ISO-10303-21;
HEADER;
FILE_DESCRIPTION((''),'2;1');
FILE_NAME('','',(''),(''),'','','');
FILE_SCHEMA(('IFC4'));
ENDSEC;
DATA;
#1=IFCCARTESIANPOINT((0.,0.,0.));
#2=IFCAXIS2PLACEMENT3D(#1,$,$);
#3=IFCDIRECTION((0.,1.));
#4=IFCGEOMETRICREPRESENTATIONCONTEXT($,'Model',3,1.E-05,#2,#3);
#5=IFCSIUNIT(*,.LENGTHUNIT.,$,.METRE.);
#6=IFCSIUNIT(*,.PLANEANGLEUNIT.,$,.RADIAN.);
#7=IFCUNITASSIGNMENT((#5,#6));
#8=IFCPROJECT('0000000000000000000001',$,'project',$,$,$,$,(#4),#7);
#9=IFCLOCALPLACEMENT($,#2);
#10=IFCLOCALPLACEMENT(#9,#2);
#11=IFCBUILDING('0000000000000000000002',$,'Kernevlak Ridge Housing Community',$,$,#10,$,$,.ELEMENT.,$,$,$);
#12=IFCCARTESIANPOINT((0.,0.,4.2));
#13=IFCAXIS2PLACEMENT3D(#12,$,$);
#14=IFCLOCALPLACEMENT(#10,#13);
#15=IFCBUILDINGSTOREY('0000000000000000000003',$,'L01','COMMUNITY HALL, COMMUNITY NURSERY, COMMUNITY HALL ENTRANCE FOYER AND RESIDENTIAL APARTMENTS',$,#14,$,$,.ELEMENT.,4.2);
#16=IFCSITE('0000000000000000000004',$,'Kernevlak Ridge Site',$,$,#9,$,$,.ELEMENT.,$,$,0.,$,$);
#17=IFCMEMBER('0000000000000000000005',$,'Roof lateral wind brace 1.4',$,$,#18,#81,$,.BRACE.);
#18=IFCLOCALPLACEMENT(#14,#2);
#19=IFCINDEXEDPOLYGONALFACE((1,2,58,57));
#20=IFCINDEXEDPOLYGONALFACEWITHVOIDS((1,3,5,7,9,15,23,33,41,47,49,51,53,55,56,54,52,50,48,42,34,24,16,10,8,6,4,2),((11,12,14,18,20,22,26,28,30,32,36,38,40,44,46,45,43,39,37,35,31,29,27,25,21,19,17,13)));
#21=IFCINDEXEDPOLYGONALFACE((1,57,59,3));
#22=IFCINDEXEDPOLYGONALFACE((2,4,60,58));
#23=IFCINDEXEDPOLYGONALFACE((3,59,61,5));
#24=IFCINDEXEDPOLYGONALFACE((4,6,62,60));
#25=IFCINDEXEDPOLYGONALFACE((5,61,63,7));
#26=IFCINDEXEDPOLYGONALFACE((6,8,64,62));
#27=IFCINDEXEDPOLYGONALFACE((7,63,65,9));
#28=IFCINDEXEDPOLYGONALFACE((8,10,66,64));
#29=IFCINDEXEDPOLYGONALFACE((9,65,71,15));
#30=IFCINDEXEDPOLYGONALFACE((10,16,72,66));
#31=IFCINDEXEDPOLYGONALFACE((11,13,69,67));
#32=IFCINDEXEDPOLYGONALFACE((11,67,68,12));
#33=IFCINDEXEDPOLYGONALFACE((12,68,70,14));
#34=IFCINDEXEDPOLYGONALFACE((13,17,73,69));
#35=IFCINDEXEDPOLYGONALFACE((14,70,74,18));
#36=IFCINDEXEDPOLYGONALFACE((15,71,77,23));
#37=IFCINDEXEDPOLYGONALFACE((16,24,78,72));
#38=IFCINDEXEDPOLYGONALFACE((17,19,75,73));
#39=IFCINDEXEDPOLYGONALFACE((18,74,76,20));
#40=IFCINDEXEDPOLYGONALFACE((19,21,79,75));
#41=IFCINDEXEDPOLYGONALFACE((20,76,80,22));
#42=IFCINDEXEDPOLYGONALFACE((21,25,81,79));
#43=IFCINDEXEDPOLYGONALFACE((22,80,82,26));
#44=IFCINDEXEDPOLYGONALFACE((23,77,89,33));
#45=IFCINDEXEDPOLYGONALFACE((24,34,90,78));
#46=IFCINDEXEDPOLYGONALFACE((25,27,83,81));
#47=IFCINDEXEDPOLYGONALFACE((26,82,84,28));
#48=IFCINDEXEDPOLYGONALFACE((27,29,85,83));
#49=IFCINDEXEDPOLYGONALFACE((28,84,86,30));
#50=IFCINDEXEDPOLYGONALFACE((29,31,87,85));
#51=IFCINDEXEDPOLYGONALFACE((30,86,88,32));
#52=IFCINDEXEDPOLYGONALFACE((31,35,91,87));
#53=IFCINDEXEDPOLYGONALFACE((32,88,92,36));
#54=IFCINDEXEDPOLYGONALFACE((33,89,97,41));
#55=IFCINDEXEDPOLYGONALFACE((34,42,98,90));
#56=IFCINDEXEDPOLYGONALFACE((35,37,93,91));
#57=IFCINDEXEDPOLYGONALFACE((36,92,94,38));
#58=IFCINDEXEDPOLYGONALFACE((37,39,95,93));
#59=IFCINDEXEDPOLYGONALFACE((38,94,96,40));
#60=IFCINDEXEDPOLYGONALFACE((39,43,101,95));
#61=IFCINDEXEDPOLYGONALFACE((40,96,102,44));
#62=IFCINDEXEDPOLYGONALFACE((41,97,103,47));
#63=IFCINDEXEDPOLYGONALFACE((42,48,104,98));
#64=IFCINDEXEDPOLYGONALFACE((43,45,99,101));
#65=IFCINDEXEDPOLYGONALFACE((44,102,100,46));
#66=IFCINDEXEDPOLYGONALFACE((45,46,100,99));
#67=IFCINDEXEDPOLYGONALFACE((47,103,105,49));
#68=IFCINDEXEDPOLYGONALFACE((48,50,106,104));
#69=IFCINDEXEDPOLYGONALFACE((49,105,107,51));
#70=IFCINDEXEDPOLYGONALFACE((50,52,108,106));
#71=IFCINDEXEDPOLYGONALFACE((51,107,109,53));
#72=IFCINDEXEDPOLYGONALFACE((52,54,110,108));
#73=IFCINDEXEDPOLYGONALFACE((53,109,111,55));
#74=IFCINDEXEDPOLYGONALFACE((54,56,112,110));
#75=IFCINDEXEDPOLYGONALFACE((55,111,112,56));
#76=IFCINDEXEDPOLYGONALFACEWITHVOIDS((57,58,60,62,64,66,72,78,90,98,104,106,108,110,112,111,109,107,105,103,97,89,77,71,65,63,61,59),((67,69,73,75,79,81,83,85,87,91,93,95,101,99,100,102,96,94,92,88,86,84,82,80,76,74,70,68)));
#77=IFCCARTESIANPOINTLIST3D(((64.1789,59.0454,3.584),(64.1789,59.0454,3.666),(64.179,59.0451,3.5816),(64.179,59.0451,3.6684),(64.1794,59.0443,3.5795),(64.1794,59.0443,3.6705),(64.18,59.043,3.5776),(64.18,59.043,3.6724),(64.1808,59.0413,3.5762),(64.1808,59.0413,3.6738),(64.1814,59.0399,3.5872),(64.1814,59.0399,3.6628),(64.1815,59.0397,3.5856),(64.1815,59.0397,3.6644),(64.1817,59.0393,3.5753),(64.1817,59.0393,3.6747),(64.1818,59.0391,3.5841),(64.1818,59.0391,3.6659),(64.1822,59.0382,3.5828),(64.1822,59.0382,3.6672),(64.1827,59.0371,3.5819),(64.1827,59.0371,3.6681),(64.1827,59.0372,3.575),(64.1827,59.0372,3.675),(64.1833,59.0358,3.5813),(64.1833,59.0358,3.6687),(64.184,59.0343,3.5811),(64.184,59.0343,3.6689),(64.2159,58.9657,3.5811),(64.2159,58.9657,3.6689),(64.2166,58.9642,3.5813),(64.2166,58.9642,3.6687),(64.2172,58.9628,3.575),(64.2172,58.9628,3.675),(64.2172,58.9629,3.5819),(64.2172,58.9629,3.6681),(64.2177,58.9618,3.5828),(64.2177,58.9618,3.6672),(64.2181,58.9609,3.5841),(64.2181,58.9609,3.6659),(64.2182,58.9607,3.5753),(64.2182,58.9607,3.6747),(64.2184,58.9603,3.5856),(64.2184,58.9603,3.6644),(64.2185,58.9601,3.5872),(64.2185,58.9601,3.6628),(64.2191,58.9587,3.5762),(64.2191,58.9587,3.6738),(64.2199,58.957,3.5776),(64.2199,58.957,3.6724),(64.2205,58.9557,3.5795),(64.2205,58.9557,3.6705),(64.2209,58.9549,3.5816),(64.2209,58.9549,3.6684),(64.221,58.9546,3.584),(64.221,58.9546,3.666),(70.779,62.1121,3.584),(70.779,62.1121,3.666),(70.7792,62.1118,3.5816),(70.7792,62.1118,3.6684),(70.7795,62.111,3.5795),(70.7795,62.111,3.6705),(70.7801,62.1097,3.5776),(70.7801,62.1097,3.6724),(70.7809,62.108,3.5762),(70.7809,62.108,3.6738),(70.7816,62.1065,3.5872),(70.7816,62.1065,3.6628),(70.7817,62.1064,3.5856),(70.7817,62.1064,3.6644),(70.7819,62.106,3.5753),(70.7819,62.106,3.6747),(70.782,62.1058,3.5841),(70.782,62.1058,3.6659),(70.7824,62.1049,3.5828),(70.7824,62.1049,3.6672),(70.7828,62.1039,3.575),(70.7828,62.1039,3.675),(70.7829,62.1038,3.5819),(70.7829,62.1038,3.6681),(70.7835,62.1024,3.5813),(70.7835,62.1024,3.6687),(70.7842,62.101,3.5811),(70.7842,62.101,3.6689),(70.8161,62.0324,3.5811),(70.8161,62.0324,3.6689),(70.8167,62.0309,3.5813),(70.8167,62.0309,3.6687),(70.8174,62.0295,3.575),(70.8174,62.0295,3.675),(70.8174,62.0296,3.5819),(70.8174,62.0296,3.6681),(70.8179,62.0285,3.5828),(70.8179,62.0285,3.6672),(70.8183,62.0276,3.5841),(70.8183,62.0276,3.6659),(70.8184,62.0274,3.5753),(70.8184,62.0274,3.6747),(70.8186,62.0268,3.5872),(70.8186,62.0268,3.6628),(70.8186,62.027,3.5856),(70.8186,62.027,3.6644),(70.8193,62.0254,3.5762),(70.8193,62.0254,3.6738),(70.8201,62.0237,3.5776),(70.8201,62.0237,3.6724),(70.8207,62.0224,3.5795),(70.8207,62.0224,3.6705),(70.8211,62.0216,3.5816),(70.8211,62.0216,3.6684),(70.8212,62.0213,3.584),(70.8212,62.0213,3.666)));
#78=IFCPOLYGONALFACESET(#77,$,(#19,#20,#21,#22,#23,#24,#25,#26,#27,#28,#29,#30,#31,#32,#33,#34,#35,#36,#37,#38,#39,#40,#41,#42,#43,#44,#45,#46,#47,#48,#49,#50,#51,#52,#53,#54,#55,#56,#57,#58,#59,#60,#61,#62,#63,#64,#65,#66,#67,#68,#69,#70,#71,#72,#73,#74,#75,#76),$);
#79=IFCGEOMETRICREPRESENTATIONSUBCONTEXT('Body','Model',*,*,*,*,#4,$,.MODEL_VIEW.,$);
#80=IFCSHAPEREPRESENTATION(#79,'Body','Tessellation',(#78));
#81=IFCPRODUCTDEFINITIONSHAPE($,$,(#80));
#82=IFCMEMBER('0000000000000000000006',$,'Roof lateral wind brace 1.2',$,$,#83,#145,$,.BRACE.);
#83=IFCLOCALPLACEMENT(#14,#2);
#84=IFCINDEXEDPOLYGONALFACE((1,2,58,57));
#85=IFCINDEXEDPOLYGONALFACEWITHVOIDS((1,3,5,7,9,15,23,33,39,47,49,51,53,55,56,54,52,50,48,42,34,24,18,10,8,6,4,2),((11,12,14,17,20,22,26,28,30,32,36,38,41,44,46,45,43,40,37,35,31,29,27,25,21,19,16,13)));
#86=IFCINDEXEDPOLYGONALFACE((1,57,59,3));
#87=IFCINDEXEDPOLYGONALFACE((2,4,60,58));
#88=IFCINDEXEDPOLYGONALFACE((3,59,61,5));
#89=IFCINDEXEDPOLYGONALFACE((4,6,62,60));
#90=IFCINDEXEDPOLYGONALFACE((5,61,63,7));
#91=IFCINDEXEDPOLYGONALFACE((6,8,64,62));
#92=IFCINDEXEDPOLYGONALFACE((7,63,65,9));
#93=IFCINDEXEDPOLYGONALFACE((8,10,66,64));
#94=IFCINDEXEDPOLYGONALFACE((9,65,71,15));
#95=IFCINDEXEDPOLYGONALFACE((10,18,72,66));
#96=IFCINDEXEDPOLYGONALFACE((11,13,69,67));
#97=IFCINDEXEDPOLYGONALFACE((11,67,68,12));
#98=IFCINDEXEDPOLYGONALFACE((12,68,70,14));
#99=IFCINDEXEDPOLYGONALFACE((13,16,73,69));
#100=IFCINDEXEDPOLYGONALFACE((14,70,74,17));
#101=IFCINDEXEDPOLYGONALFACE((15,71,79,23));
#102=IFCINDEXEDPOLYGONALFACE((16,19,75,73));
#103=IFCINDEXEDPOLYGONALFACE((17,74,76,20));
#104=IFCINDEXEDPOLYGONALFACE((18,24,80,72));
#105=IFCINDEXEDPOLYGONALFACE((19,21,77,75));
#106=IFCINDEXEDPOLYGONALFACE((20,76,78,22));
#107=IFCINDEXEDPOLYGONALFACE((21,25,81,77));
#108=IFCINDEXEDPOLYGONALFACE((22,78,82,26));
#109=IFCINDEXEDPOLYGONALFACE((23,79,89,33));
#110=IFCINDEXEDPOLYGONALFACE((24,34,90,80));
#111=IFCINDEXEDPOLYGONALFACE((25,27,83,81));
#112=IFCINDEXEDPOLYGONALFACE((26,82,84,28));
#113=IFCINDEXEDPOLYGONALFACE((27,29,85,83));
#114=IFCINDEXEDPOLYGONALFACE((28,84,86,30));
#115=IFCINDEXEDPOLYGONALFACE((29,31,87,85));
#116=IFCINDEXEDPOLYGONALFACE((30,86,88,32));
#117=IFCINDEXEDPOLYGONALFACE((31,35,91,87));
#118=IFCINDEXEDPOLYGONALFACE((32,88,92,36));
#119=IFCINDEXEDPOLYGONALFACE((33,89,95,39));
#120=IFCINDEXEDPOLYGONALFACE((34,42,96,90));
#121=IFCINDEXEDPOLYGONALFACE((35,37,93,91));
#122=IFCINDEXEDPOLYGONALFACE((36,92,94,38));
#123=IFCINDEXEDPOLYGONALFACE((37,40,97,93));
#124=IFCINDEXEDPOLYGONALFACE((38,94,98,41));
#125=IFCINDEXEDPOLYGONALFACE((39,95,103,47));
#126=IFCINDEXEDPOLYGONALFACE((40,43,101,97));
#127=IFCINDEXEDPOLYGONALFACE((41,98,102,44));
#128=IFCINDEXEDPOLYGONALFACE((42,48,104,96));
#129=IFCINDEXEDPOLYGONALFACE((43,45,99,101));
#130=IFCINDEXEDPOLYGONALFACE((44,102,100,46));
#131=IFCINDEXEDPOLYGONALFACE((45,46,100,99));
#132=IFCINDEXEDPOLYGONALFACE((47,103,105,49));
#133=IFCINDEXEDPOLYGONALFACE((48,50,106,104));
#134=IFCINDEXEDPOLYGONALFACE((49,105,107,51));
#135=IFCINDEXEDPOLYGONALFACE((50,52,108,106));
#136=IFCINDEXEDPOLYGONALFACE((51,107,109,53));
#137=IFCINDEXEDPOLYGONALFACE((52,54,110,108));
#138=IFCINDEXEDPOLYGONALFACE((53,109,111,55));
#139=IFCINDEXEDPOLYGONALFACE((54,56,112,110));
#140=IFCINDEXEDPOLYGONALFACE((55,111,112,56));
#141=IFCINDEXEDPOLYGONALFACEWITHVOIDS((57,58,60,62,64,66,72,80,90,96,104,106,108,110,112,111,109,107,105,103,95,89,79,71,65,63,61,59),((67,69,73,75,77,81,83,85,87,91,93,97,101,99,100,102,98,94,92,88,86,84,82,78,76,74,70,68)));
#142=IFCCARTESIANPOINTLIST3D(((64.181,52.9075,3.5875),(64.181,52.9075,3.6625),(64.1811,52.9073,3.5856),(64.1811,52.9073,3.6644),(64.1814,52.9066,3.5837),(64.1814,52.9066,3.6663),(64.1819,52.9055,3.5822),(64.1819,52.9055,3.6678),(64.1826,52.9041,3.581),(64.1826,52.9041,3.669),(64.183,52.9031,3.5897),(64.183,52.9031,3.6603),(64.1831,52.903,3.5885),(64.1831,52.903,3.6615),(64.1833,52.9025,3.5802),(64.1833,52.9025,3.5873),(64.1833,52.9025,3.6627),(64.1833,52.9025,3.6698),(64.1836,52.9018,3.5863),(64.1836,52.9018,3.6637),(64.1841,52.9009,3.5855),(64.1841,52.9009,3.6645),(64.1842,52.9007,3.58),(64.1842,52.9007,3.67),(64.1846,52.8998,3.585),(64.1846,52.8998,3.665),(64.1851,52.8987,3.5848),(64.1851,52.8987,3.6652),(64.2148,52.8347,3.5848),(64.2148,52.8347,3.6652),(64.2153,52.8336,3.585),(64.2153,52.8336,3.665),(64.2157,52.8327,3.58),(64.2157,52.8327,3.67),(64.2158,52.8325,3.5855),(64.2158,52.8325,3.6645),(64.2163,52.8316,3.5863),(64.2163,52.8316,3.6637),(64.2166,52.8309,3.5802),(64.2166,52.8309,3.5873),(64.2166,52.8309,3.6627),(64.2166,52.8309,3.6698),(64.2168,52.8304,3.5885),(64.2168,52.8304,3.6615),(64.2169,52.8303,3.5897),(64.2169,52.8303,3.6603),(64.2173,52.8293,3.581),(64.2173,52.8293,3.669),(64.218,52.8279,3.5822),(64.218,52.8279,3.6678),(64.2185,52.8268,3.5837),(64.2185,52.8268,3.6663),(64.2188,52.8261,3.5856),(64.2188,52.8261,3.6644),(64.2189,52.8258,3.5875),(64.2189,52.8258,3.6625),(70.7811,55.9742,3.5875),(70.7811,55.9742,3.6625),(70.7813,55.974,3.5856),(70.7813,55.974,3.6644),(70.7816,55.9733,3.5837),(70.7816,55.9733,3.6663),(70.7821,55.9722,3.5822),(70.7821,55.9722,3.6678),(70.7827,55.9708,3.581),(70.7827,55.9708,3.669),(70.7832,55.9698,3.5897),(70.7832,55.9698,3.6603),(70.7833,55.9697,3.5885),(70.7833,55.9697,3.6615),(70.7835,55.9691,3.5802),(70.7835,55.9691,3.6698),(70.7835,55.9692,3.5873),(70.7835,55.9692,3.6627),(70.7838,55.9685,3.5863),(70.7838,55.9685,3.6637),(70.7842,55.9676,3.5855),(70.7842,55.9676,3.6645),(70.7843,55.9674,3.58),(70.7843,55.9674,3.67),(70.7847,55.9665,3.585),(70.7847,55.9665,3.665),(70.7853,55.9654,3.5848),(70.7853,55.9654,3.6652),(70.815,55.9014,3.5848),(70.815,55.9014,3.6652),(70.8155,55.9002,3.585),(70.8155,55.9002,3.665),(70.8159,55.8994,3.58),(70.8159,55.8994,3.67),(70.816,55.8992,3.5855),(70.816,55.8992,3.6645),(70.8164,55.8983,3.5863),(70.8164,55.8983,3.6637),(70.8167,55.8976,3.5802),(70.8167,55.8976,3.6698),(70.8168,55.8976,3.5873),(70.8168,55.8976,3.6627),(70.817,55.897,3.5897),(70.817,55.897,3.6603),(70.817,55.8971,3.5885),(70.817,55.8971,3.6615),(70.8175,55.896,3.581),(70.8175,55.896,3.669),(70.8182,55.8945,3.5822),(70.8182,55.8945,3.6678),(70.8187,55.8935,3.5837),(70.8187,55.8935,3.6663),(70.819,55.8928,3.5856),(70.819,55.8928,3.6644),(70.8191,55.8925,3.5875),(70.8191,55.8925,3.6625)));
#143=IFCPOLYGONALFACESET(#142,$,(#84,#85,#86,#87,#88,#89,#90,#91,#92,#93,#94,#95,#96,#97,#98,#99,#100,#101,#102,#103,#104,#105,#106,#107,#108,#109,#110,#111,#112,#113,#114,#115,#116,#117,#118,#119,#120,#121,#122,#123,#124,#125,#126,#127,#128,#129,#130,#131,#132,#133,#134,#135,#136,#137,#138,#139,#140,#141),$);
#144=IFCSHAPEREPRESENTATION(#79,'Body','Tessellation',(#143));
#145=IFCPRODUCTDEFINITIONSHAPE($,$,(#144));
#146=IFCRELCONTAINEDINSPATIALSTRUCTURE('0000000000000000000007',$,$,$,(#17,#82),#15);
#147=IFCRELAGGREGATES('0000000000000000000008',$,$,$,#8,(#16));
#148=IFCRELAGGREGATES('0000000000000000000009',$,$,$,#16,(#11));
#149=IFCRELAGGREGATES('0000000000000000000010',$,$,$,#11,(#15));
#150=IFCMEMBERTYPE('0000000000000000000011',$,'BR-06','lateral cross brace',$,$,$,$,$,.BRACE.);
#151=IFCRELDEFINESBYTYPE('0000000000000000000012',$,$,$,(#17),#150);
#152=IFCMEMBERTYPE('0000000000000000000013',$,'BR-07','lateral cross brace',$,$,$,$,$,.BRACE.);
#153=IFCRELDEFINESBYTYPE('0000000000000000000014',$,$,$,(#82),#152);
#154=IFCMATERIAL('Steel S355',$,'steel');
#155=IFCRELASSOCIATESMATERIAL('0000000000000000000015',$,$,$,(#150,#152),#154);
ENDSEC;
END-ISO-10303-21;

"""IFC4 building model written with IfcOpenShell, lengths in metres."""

from ifc_helpers import new_model, si_unit, direction, frame, origin, origin_2d, place, context, subcontext, project, spatial, hollow_rectangle, extrude, material, material_profile, profile_set, type_object, element, save


model = new_model("IFC4")

# Units and contexts
model_context = context("Model", 3, precision=1e-05, world=origin(), true_north=direction((0.0, 1.0)))
body_context = subcontext(model_context, "Body", "Model", "MODEL_VIEW")
ifc_project = project(units=[si_unit("LENGTHUNIT", "METRE"), si_unit("PLANEANGLEUNIT", "RADIAN")], contexts=[model_context])

# Site, building, storey
site_placement = place(None, origin())
site = spatial("IfcSite", under=ifc_project, at=site_placement, Name="Kernevlak Ridge Site", CompositionType="ELEMENT", RefElevation=0.0)
building_placement = place(site_placement, origin())
building = spatial("IfcBuilding", under=site, at=building_placement, Name="Kernevlak Ridge Housing Community", CompositionType="ELEMENT")
storey_placement = place(building_placement, frame((0.0, 0.0, 4.2)))
storey = spatial("IfcBuildingStorey", under=building, at=storey_placement, Name="L01", Description="COMMUNITY HALL, COMMUNITY NURSERY, COMMUNITY HALL ENTRANCE FOYER AND RESIDENTIAL APARTMENTS", CompositionType="ELEMENT", Elevation=4.2)

# Members
ifc_material_1 = material(Name="Steel S355", Category="steel")
ifc_material_profile_1 = material_profile(ifc_material_1, hollow_rectangle(XDim=0.1001, YDim=0.1001, WallThickness=0.0061, InnerFilletRadius=0.0061, OuterFilletRadius=0.009, at=origin_2d()), Name="SHS 100x100x6")
ifc_profile_set_1 = profile_set([ifc_material_profile_1], Name="Steel S355")
member_type_1 = type_object("IfcMemberType", Name="BR-06", Description="lateral cross brace", PredefinedType="BRACE", material=ifc_profile_set_1)
member_1_placement = place(storey_placement, frame((64.2, 59.0, 3.625), z_axis=(0.906887, 0.421373, 0.0), x_axis=(-0.421373, 0.906887, 0.0)))
element("IfcMember", 1, at=member_1_placement, inside=storey, type_object=member_type_1, Name="Roof lateral wind brace 1.4", PredefinedType="BRACE", context=body_context, shape_type="SweptSolid", body=[
    extrude(hollow_rectangle(XDim=0.1001, YDim=0.1001, WallThickness=0.0061, InnerFilletRadius=0.0061, OuterFilletRadius=0.009, at=origin_2d()), origin(), (0.0, 0.0, 1.0), 7.2778),
])
ifc_material_profile_2 = material_profile(ifc_material_1, hollow_rectangle(XDim=0.0901, YDim=0.0901, WallThickness=0.0049, InnerFilletRadius=0.0049, OuterFilletRadius=0.0076, at=origin_2d()), Name="SHS 90x90x5")
ifc_profile_set_2 = profile_set([ifc_material_profile_2], Name="Steel S355")
member_type_2 = type_object("IfcMemberType", Name="BR-07", Description="lateral cross brace", PredefinedType="BRACE", material=ifc_profile_set_2)
for number, where, z_axis, x_axis, name in (
    (2, (64.2, 52.8667, 3.625), (0.906887, 0.421373, 0.0), (-0.421373, 0.906887, 0.0), "Roof lateral wind brace 1.2"),
):
    element("IfcMember", number, at=place(storey_placement, frame(where, z_axis=z_axis, x_axis=x_axis)), inside=storey, type_object=member_type_2, Name=name, PredefinedType="BRACE", context=body_context, shape_type="SweptSolid", body=[
        extrude(hollow_rectangle(XDim=0.0901, YDim=0.0901, WallThickness=0.0049, InnerFilletRadius=0.0049, OuterFilletRadius=0.0076, at=origin_2d()), origin(), (0.0, 0.0, 1.0), 7.2778),
    ])

save(model, "model.ifc")
